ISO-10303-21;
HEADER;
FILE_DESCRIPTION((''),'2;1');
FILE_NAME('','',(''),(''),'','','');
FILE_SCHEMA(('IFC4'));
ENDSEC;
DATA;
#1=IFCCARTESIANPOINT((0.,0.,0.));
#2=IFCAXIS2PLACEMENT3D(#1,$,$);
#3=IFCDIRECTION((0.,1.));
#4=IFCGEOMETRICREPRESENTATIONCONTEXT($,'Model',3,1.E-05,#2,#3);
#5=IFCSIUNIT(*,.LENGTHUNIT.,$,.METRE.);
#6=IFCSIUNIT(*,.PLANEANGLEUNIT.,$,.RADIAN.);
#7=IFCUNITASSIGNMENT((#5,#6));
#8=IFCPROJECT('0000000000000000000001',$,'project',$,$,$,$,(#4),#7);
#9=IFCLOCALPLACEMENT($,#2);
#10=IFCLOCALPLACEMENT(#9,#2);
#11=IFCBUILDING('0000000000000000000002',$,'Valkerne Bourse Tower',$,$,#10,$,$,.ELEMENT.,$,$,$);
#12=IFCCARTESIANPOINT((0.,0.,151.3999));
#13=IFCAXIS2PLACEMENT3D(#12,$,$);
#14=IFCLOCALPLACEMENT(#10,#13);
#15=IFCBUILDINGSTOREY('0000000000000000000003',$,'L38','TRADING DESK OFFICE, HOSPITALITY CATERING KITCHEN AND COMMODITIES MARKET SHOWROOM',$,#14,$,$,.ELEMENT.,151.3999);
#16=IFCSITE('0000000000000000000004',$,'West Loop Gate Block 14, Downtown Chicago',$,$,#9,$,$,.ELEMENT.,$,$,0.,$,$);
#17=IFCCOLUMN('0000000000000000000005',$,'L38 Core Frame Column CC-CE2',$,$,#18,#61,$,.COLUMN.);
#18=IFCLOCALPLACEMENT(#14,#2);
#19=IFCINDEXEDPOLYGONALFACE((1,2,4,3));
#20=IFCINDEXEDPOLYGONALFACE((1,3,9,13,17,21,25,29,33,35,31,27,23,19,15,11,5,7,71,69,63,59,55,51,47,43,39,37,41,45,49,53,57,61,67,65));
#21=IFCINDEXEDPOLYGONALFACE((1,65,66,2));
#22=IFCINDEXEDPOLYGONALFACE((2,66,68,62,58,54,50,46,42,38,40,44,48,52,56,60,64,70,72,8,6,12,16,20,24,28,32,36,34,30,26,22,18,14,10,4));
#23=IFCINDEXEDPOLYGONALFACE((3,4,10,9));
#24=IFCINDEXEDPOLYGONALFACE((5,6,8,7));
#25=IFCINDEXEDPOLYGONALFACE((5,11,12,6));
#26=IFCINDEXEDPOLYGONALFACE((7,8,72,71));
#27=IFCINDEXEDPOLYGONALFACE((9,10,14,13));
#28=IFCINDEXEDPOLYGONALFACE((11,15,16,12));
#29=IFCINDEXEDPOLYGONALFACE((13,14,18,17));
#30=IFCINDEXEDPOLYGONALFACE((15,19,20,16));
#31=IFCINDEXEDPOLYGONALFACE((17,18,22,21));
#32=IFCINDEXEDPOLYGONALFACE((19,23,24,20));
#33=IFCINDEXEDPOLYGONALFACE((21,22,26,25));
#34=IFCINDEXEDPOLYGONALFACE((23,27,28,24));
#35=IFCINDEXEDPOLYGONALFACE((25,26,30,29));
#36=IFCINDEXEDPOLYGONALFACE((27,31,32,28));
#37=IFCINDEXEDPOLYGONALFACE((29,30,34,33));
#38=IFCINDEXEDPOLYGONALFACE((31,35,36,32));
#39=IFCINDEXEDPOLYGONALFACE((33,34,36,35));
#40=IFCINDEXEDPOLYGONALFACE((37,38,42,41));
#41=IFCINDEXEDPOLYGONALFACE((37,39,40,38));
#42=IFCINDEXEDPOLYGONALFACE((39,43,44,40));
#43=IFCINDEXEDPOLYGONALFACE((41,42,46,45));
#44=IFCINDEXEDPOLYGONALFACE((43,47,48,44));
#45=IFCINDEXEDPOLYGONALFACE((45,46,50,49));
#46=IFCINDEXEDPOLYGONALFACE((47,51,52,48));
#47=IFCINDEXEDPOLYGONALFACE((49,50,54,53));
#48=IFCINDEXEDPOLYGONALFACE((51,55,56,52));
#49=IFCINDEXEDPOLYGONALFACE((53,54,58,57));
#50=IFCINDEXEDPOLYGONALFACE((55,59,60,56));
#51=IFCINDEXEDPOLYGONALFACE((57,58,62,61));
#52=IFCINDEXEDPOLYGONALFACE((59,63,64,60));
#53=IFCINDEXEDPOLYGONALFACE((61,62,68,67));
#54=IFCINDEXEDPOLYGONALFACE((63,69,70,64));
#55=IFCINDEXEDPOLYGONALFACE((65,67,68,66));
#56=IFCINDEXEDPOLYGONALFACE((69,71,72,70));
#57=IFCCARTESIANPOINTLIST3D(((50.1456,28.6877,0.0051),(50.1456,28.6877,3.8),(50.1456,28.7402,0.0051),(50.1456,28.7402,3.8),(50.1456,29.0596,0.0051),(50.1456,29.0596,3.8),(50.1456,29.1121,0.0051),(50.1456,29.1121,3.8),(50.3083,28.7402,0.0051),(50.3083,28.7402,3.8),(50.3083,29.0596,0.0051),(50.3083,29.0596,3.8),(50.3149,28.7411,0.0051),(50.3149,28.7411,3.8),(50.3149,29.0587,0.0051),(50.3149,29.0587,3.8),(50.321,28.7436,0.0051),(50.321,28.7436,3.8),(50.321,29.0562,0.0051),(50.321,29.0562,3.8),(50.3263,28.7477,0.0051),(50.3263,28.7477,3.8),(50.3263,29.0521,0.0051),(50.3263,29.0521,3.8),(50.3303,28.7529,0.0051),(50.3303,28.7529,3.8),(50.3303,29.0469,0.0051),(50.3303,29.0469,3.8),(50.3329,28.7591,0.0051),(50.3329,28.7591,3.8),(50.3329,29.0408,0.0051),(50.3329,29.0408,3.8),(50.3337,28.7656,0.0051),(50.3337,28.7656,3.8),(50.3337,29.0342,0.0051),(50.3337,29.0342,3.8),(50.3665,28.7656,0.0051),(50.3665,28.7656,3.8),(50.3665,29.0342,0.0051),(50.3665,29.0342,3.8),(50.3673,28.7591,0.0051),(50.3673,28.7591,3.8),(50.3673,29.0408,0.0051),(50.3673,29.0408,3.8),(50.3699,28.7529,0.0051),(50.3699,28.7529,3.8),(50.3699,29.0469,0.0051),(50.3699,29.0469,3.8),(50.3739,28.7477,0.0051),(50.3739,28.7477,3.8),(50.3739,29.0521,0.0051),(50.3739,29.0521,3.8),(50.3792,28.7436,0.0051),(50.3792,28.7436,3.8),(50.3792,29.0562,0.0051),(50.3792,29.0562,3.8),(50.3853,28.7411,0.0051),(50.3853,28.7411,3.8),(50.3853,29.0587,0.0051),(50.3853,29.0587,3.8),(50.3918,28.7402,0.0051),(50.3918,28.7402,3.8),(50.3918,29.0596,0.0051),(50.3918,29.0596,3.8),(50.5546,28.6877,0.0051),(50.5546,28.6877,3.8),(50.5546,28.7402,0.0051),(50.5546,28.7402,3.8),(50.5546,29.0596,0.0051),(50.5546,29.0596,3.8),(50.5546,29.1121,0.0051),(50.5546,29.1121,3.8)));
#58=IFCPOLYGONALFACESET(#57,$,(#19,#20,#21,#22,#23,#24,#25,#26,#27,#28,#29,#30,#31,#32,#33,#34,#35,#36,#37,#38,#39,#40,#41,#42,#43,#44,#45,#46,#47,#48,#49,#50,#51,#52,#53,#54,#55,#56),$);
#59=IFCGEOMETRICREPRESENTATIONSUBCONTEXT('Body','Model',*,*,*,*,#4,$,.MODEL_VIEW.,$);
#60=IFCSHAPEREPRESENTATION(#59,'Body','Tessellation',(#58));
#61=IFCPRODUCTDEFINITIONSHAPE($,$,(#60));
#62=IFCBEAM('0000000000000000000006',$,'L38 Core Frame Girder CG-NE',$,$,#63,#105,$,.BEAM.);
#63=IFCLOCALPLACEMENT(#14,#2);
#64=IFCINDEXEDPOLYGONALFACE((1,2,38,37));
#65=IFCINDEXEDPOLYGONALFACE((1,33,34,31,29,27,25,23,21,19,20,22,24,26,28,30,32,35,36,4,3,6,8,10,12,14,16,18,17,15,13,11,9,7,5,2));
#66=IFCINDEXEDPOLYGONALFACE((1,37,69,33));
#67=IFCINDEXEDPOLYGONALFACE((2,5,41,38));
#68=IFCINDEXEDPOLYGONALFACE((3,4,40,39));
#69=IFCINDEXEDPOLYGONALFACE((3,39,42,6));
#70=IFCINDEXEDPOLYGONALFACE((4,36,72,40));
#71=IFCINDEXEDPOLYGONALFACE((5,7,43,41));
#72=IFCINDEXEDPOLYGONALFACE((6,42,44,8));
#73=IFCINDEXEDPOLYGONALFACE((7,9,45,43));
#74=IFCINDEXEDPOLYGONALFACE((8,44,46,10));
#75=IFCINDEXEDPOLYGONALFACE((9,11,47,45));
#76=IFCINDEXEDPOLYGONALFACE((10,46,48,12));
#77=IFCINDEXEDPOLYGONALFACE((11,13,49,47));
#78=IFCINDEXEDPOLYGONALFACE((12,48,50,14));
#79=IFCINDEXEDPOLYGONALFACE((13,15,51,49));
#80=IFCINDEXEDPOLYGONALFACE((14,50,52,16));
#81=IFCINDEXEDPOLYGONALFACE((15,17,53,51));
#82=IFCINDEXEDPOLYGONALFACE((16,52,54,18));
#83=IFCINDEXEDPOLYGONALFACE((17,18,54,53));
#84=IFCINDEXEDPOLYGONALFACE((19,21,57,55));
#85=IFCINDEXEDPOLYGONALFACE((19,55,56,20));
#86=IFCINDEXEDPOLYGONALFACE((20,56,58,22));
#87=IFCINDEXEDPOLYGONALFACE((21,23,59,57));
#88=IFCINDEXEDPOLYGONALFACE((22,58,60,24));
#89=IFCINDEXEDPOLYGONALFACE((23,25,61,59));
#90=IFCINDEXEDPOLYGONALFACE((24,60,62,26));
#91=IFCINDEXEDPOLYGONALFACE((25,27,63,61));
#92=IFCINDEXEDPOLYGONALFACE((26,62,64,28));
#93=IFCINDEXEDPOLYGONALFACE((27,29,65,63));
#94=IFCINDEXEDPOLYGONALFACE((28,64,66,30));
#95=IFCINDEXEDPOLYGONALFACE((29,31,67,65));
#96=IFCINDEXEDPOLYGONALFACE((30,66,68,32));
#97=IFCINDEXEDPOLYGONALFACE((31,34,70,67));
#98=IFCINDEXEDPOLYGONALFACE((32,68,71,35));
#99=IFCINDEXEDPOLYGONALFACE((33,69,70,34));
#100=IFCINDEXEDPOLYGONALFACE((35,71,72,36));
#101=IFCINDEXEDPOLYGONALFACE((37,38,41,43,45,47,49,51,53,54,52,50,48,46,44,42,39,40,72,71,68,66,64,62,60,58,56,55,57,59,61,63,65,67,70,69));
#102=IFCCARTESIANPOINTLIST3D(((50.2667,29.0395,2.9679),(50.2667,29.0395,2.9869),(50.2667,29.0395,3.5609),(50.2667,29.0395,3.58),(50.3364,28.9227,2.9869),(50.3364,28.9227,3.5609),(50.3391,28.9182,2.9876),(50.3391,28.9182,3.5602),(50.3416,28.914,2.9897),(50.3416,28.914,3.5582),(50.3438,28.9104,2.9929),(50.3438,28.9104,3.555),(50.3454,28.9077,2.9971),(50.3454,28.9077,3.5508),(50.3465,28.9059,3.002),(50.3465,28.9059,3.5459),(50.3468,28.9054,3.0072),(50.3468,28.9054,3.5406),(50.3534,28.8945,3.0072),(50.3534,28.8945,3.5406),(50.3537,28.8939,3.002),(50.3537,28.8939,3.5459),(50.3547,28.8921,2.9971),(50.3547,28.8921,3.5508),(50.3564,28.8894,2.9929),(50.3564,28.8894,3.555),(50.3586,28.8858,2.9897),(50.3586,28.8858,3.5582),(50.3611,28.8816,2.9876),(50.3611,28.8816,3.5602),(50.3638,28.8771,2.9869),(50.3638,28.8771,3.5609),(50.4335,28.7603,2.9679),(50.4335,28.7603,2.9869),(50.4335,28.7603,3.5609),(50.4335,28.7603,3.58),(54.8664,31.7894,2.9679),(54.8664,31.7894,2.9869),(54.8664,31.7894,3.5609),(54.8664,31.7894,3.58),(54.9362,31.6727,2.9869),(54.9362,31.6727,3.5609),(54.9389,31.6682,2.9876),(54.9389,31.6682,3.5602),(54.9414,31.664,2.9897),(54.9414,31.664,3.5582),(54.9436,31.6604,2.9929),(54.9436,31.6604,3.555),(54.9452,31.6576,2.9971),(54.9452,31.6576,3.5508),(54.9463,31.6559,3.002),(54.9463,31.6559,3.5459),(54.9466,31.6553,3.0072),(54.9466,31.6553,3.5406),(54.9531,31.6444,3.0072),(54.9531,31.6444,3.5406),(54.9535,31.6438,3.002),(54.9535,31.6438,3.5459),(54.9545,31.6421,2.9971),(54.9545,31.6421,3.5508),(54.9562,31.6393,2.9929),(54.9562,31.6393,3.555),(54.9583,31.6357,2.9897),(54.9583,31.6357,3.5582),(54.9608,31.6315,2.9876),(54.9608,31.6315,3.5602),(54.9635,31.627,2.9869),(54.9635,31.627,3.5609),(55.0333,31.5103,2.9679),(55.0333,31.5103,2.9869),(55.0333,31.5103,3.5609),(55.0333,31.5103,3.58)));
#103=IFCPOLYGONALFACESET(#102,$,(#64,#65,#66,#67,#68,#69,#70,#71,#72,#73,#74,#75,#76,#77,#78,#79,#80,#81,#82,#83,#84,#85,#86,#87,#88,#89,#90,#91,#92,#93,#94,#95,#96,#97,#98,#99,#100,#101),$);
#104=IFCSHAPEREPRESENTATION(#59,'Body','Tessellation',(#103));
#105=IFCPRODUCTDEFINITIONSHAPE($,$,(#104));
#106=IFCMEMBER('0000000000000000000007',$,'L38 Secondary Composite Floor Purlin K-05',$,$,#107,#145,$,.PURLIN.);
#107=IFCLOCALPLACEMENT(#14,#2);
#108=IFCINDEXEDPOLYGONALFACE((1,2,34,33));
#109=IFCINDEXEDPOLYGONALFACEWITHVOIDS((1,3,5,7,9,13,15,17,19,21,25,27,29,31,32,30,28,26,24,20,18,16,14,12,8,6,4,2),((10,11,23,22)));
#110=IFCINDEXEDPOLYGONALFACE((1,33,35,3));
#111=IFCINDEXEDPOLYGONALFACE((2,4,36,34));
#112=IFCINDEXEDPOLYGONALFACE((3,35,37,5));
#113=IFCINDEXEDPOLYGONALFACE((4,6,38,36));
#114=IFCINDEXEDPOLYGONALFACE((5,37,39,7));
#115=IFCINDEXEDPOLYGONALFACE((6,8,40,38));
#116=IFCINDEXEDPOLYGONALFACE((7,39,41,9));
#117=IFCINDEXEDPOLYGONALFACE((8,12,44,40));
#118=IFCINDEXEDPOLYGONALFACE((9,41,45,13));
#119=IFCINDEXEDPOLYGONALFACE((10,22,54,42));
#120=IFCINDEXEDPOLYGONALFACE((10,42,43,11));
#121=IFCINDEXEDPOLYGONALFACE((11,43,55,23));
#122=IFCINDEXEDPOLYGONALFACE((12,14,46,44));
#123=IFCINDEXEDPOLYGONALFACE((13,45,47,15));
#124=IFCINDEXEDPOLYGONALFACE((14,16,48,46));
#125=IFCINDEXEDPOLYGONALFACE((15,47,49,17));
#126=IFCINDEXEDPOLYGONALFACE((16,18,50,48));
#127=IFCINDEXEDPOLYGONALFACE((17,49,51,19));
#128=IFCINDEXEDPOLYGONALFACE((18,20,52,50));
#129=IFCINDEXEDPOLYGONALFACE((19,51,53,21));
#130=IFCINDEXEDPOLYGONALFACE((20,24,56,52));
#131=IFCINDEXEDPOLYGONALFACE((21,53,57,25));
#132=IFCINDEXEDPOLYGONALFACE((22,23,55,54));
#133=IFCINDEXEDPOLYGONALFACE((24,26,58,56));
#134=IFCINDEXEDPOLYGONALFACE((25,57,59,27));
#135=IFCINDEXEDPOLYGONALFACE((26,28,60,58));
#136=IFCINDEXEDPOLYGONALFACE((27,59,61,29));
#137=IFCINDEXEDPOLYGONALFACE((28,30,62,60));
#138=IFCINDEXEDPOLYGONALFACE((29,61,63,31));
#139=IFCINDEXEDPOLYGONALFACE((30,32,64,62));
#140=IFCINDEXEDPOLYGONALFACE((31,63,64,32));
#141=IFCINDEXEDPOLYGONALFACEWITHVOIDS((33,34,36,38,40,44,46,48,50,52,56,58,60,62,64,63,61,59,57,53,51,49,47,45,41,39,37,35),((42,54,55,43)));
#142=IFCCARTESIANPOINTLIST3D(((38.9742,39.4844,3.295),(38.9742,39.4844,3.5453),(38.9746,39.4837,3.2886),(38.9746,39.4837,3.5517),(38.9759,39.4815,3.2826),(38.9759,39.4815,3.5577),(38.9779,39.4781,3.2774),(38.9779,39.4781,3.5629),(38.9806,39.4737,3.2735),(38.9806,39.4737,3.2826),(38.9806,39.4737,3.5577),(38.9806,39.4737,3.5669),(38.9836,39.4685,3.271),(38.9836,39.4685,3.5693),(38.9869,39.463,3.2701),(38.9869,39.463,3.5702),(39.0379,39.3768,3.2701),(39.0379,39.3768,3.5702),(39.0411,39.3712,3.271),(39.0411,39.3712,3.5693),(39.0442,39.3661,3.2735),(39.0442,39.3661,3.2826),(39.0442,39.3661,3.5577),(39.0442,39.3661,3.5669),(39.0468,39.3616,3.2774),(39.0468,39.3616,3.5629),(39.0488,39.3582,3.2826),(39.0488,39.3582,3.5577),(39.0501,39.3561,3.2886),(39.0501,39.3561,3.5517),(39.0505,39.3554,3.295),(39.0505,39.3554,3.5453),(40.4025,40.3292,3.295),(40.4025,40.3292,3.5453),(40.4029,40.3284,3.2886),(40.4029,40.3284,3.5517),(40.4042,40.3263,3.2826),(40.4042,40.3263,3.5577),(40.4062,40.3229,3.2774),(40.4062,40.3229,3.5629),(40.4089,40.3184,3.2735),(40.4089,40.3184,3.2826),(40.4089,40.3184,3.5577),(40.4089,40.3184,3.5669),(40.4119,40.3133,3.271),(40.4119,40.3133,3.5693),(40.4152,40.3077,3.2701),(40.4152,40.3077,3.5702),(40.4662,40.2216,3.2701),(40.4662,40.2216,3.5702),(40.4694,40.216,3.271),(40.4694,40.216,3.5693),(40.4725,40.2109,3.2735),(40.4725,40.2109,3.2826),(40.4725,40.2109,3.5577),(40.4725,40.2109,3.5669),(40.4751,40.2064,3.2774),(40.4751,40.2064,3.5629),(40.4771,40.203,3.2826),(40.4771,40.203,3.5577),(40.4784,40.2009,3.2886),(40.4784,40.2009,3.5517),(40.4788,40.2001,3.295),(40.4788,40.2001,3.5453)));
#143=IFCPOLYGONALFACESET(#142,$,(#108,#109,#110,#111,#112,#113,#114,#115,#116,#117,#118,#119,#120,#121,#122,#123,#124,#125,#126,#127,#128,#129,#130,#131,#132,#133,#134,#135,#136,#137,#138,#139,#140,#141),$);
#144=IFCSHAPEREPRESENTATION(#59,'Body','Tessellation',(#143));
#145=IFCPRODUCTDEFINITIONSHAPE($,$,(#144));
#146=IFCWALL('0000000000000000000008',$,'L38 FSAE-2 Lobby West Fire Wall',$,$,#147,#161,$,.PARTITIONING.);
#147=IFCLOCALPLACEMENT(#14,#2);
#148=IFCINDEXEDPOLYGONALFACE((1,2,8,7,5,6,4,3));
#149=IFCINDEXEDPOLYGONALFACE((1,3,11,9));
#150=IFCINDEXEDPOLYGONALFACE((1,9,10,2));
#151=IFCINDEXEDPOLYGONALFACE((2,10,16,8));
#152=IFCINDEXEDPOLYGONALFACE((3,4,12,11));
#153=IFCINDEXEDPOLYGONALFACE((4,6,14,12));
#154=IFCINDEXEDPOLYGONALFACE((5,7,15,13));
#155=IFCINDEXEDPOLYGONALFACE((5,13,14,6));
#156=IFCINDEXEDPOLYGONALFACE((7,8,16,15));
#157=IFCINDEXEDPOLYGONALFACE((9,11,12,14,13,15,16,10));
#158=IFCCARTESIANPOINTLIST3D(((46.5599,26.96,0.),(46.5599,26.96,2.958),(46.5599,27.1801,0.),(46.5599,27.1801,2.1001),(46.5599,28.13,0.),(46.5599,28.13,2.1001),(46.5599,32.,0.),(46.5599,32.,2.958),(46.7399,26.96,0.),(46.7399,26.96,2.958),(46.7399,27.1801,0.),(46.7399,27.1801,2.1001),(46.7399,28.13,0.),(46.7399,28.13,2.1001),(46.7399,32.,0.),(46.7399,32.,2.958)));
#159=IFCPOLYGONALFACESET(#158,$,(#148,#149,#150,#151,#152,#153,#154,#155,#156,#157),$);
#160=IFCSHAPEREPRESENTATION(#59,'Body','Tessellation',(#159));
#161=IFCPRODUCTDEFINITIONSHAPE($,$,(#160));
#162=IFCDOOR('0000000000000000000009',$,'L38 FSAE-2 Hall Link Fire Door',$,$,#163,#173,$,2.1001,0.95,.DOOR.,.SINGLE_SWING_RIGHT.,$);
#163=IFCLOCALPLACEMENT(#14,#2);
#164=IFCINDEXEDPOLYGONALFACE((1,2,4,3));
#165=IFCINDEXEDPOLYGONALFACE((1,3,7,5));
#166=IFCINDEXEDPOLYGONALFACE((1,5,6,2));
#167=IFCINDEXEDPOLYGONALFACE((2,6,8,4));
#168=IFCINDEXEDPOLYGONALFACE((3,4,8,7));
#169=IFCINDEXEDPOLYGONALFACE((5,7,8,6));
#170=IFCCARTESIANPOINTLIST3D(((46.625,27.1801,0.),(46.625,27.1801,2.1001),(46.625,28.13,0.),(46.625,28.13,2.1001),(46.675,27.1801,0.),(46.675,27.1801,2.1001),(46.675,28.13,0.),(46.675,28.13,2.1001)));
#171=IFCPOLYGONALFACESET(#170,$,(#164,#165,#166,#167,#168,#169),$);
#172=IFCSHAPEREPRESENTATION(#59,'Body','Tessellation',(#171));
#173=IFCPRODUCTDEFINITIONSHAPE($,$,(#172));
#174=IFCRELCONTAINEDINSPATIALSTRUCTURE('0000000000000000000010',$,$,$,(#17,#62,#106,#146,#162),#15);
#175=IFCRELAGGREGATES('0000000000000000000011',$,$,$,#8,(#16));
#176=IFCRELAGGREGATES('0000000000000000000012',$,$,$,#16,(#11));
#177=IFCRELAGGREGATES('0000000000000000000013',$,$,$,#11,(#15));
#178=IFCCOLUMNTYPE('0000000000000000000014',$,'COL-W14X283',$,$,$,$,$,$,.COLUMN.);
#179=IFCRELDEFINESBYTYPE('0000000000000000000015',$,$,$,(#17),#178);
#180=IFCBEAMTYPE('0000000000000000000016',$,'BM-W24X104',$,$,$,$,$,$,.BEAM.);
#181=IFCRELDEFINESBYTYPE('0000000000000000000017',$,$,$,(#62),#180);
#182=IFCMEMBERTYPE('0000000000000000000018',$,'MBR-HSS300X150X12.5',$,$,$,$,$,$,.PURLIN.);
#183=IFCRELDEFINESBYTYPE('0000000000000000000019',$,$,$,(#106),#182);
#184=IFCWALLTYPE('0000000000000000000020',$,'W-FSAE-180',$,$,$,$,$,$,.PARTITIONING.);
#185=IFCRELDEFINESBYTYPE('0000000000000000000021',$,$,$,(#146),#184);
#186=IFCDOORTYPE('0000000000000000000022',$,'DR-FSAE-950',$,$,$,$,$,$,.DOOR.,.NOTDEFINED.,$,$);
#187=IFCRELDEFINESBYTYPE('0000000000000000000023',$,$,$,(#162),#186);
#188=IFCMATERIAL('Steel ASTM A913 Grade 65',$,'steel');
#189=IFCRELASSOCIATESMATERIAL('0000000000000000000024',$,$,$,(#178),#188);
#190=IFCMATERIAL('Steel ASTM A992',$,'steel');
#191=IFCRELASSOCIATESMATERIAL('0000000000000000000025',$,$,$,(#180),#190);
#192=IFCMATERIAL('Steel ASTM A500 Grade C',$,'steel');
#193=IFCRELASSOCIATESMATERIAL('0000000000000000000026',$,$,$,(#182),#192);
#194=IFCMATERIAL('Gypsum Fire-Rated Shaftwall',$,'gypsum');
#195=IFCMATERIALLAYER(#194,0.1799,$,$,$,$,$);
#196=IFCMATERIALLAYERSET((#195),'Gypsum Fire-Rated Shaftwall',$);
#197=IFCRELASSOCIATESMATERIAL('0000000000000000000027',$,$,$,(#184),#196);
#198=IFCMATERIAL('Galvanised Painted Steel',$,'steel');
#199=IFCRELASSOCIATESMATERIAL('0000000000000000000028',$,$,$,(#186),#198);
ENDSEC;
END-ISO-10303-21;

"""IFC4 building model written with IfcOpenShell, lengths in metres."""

from ifc_helpers import new_model, si_unit, direction, frame, frame_2d, origin, origin_2d, place, context, subcontext, project, spatial, rectangle, hollow_rectangle, i_section, extrude, material, layer, layer_set, material_profile, profile_set, type_object, element, fill, save


model = new_model("IFC4")

# Units and contexts
model_context = context("Model", 3, precision=1e-05, world=origin(), true_north=direction((0.0, 1.0)))
body_context = subcontext(model_context, "Body", "Model", "MODEL_VIEW")
ifc_project = project(units=[si_unit("LENGTHUNIT", "METRE"), si_unit("PLANEANGLEUNIT", "RADIAN")], contexts=[model_context])

# Site, building, storey
site_placement = place(None, origin())
site = spatial("IfcSite", under=ifc_project, at=site_placement, Name="West Loop Gate Block 14, Downtown Chicago", CompositionType="ELEMENT", RefElevation=0.0)
building_placement = place(site_placement, origin())
building = spatial("IfcBuilding", under=site, at=building_placement, Name="Valkerne Bourse Tower", CompositionType="ELEMENT")
storey_placement = place(building_placement, frame((0.0, 0.0, 151.3999)))
storey = spatial("IfcBuildingStorey", under=building, at=storey_placement, Name="L38", Description="TRADING DESK OFFICE, HOSPITALITY CATERING KITCHEN AND COMMODITIES MARKET SHOWROOM", CompositionType="ELEMENT", Elevation=151.3999)

# Column
ifc_material_1 = material(Name="Steel ASTM A913 Grade 65", Category="steel")
ifc_material_profile_1 = material_profile(ifc_material_1, i_section(OverallWidth=0.4089, OverallDepth=0.4243, WebThickness=0.0327, FlangeThickness=0.0525, FilletRadius=0.0254, at=origin_2d()), Name="W14X283")
ifc_profile_set_1 = profile_set([ifc_material_profile_1], Name="Steel ASTM A913 Grade 65")
column_type = type_object("IfcColumnType", Name="COL-W14X283", PredefinedType="COLUMN", material=ifc_profile_set_1)
column_placement = place(storey_placement, frame((50.3501, 28.8999, 0.0051), z_axis=(0.0, 0.0, 1.0), x_axis=(1.0, 0.0, 0.0)))
element("IfcColumn", 1, at=column_placement, inside=storey, type_object=column_type, Name="L38 Core Frame Column CC-CE2", PredefinedType="COLUMN", context=body_context, shape_type="SweptSolid", body=[
    extrude(i_section(OverallWidth=0.4089, OverallDepth=0.4243, WebThickness=0.0327, FlangeThickness=0.0525, FilletRadius=0.0254, at=origin_2d()), origin(), (0.0, 0.0, 1.0), 3.7949),
])

# Beam
ifc_material_2 = material(Name="Steel ASTM A992", Category="steel")
ifc_material_profile_2 = material_profile(ifc_material_2, i_section(OverallWidth=0.3252, OverallDepth=0.6121, WebThickness=0.0127, FlangeThickness=0.019, FilletRadius=0.0203, at=origin_2d()), Name="W24X104")
ifc_profile_set_2 = profile_set([ifc_material_profile_2], Name="Steel ASTM A992")
beam_type = type_object("IfcBeamType", Name="BM-W24X104", PredefinedType="BEAM", material=ifc_profile_set_2)
beam_placement = place(storey_placement, frame((50.3501, 28.8999, 3.2739), z_axis=(0.858308, 0.513135, 0.0), x_axis=(-0.513135, 0.858308, 0.0)))
element("IfcBeam", 2, at=beam_placement, inside=storey, type_object=beam_type, Name="L38 Core Frame Girder CG-NE", PredefinedType="BEAM", context=body_context, shape_type="SweptSolid", body=[
    extrude(i_section(OverallWidth=0.3252, OverallDepth=0.6121, WebThickness=0.0127, FlangeThickness=0.019, FilletRadius=0.0203, at=origin_2d()), origin(), (0.0, 0.0, 1.0), 5.3591),
])

# Member
ifc_material_3 = material(Name="Steel ASTM A500 Grade C", Category="steel")
ifc_material_profile_3 = material_profile(ifc_material_3, hollow_rectangle(XDim=0.1499, YDim=0.3, WallThickness=0.0125, OuterFilletRadius=0.0249, at=origin_2d()), Name="HSS300X150X12.5")
ifc_profile_set_3 = profile_set([ifc_material_profile_3], Name="Steel ASTM A500 Grade C")
member_type = type_object("IfcMemberType", Name="MBR-HSS300X150X12.5", PredefinedType="PURLIN", material=ifc_profile_set_3)
member_placement = place(storey_placement, frame((40.4407, 40.2646, 3.4202), z_axis=(-0.860721, -0.509076, 0.0), x_axis=(0.509076, -0.860721, 0.0)))
element("IfcMember", 3, at=member_placement, inside=storey, type_object=member_type, Name="L38 Secondary Composite Floor Purlin K-05", PredefinedType="PURLIN", context=body_context, shape_type="SweptSolid", body=[
    extrude(hollow_rectangle(XDim=0.1499, YDim=0.3, WallThickness=0.0125, OuterFilletRadius=0.0249, at=origin_2d()), origin(), (0.0, 0.0, 1.0), 1.6594),
])

# Wall, opening, door
ifc_material_4 = material(Name="Gypsum Fire-Rated Shaftwall", Category="gypsum")
ifc_layer_1 = layer(ifc_material_4, 0.1799)
ifc_layer_set_1 = layer_set([ifc_layer_1], Name="Gypsum Fire-Rated Shaftwall")
wall_type_1 = type_object("IfcWallType", Name="W-FSAE-180", PredefinedType="PARTITIONING", material=ifc_layer_set_1)
wall_1_placement = place(storey_placement, frame((46.6499, 26.96, 0.0), z_axis=(0.0, 0.0, 1.0), x_axis=(0.0, 1.0, 0.0)))
wall_1 = element("IfcWall", 4, at=wall_1_placement, inside=storey, type_object=wall_type_1, Name="L38 FSAE-2 Lobby West Fire Wall", PredefinedType="PARTITIONING", context=body_context, shape_type="SweptSolid", body=[
    extrude(rectangle(XDim=5.04, YDim=0.1799, at=frame_2d((2.52, 0.0))), origin(), (0.0, 0.0, 1.0), 2.958),
])
opening_1_placement = place(wall_1_placement, frame((0.22, 0.0, 0.0)))
opening_1 = element("IfcOpeningElement", 5, at=opening_1_placement, cuts=wall_1, PredefinedType="OPENING", context=body_context, shape_type="SweptSolid", body=[
    extrude(rectangle(XDim=0.95, YDim=2.1001, at=frame_2d((0.4751, 1.05))), frame((0.0, 0.0999, 0.0), z_axis=(0.0, -1.0, 0.0), x_axis=(1.0, 0.0, 0.0)), (0.0, 0.0, 1.0), 0.2),
])
ifc_material_5 = material(Name="Galvanised Painted Steel", Category="steel")
door_type_1 = type_object("IfcDoorType", Name="DR-FSAE-950", OperationType="NOTDEFINED", PredefinedType="DOOR", material=ifc_material_5)
door_1_placement = place(opening_1_placement, origin())
door_1 = element("IfcDoor", 6, at=door_1_placement, inside=storey, type_object=door_type_1, Name="L38 FSAE-2 Hall Link Fire Door", OperationType="SINGLE_SWING_RIGHT", OverallHeight=2.1001, OverallWidth=0.95, PredefinedType="DOOR", context=body_context, shape_type="SweptSolid", body=[
    extrude(rectangle(XDim=0.95, YDim=2.1001, at=frame_2d((0.4751, 1.05))), frame((0.0, 0.0249, 0.0), z_axis=(0.0, -1.0, 0.0), x_axis=(1.0, 0.0, 0.0)), (0.0, 0.0, 1.0), 0.05),
])
fill(opening_1, door_1)

save(model, "model.ifc")
